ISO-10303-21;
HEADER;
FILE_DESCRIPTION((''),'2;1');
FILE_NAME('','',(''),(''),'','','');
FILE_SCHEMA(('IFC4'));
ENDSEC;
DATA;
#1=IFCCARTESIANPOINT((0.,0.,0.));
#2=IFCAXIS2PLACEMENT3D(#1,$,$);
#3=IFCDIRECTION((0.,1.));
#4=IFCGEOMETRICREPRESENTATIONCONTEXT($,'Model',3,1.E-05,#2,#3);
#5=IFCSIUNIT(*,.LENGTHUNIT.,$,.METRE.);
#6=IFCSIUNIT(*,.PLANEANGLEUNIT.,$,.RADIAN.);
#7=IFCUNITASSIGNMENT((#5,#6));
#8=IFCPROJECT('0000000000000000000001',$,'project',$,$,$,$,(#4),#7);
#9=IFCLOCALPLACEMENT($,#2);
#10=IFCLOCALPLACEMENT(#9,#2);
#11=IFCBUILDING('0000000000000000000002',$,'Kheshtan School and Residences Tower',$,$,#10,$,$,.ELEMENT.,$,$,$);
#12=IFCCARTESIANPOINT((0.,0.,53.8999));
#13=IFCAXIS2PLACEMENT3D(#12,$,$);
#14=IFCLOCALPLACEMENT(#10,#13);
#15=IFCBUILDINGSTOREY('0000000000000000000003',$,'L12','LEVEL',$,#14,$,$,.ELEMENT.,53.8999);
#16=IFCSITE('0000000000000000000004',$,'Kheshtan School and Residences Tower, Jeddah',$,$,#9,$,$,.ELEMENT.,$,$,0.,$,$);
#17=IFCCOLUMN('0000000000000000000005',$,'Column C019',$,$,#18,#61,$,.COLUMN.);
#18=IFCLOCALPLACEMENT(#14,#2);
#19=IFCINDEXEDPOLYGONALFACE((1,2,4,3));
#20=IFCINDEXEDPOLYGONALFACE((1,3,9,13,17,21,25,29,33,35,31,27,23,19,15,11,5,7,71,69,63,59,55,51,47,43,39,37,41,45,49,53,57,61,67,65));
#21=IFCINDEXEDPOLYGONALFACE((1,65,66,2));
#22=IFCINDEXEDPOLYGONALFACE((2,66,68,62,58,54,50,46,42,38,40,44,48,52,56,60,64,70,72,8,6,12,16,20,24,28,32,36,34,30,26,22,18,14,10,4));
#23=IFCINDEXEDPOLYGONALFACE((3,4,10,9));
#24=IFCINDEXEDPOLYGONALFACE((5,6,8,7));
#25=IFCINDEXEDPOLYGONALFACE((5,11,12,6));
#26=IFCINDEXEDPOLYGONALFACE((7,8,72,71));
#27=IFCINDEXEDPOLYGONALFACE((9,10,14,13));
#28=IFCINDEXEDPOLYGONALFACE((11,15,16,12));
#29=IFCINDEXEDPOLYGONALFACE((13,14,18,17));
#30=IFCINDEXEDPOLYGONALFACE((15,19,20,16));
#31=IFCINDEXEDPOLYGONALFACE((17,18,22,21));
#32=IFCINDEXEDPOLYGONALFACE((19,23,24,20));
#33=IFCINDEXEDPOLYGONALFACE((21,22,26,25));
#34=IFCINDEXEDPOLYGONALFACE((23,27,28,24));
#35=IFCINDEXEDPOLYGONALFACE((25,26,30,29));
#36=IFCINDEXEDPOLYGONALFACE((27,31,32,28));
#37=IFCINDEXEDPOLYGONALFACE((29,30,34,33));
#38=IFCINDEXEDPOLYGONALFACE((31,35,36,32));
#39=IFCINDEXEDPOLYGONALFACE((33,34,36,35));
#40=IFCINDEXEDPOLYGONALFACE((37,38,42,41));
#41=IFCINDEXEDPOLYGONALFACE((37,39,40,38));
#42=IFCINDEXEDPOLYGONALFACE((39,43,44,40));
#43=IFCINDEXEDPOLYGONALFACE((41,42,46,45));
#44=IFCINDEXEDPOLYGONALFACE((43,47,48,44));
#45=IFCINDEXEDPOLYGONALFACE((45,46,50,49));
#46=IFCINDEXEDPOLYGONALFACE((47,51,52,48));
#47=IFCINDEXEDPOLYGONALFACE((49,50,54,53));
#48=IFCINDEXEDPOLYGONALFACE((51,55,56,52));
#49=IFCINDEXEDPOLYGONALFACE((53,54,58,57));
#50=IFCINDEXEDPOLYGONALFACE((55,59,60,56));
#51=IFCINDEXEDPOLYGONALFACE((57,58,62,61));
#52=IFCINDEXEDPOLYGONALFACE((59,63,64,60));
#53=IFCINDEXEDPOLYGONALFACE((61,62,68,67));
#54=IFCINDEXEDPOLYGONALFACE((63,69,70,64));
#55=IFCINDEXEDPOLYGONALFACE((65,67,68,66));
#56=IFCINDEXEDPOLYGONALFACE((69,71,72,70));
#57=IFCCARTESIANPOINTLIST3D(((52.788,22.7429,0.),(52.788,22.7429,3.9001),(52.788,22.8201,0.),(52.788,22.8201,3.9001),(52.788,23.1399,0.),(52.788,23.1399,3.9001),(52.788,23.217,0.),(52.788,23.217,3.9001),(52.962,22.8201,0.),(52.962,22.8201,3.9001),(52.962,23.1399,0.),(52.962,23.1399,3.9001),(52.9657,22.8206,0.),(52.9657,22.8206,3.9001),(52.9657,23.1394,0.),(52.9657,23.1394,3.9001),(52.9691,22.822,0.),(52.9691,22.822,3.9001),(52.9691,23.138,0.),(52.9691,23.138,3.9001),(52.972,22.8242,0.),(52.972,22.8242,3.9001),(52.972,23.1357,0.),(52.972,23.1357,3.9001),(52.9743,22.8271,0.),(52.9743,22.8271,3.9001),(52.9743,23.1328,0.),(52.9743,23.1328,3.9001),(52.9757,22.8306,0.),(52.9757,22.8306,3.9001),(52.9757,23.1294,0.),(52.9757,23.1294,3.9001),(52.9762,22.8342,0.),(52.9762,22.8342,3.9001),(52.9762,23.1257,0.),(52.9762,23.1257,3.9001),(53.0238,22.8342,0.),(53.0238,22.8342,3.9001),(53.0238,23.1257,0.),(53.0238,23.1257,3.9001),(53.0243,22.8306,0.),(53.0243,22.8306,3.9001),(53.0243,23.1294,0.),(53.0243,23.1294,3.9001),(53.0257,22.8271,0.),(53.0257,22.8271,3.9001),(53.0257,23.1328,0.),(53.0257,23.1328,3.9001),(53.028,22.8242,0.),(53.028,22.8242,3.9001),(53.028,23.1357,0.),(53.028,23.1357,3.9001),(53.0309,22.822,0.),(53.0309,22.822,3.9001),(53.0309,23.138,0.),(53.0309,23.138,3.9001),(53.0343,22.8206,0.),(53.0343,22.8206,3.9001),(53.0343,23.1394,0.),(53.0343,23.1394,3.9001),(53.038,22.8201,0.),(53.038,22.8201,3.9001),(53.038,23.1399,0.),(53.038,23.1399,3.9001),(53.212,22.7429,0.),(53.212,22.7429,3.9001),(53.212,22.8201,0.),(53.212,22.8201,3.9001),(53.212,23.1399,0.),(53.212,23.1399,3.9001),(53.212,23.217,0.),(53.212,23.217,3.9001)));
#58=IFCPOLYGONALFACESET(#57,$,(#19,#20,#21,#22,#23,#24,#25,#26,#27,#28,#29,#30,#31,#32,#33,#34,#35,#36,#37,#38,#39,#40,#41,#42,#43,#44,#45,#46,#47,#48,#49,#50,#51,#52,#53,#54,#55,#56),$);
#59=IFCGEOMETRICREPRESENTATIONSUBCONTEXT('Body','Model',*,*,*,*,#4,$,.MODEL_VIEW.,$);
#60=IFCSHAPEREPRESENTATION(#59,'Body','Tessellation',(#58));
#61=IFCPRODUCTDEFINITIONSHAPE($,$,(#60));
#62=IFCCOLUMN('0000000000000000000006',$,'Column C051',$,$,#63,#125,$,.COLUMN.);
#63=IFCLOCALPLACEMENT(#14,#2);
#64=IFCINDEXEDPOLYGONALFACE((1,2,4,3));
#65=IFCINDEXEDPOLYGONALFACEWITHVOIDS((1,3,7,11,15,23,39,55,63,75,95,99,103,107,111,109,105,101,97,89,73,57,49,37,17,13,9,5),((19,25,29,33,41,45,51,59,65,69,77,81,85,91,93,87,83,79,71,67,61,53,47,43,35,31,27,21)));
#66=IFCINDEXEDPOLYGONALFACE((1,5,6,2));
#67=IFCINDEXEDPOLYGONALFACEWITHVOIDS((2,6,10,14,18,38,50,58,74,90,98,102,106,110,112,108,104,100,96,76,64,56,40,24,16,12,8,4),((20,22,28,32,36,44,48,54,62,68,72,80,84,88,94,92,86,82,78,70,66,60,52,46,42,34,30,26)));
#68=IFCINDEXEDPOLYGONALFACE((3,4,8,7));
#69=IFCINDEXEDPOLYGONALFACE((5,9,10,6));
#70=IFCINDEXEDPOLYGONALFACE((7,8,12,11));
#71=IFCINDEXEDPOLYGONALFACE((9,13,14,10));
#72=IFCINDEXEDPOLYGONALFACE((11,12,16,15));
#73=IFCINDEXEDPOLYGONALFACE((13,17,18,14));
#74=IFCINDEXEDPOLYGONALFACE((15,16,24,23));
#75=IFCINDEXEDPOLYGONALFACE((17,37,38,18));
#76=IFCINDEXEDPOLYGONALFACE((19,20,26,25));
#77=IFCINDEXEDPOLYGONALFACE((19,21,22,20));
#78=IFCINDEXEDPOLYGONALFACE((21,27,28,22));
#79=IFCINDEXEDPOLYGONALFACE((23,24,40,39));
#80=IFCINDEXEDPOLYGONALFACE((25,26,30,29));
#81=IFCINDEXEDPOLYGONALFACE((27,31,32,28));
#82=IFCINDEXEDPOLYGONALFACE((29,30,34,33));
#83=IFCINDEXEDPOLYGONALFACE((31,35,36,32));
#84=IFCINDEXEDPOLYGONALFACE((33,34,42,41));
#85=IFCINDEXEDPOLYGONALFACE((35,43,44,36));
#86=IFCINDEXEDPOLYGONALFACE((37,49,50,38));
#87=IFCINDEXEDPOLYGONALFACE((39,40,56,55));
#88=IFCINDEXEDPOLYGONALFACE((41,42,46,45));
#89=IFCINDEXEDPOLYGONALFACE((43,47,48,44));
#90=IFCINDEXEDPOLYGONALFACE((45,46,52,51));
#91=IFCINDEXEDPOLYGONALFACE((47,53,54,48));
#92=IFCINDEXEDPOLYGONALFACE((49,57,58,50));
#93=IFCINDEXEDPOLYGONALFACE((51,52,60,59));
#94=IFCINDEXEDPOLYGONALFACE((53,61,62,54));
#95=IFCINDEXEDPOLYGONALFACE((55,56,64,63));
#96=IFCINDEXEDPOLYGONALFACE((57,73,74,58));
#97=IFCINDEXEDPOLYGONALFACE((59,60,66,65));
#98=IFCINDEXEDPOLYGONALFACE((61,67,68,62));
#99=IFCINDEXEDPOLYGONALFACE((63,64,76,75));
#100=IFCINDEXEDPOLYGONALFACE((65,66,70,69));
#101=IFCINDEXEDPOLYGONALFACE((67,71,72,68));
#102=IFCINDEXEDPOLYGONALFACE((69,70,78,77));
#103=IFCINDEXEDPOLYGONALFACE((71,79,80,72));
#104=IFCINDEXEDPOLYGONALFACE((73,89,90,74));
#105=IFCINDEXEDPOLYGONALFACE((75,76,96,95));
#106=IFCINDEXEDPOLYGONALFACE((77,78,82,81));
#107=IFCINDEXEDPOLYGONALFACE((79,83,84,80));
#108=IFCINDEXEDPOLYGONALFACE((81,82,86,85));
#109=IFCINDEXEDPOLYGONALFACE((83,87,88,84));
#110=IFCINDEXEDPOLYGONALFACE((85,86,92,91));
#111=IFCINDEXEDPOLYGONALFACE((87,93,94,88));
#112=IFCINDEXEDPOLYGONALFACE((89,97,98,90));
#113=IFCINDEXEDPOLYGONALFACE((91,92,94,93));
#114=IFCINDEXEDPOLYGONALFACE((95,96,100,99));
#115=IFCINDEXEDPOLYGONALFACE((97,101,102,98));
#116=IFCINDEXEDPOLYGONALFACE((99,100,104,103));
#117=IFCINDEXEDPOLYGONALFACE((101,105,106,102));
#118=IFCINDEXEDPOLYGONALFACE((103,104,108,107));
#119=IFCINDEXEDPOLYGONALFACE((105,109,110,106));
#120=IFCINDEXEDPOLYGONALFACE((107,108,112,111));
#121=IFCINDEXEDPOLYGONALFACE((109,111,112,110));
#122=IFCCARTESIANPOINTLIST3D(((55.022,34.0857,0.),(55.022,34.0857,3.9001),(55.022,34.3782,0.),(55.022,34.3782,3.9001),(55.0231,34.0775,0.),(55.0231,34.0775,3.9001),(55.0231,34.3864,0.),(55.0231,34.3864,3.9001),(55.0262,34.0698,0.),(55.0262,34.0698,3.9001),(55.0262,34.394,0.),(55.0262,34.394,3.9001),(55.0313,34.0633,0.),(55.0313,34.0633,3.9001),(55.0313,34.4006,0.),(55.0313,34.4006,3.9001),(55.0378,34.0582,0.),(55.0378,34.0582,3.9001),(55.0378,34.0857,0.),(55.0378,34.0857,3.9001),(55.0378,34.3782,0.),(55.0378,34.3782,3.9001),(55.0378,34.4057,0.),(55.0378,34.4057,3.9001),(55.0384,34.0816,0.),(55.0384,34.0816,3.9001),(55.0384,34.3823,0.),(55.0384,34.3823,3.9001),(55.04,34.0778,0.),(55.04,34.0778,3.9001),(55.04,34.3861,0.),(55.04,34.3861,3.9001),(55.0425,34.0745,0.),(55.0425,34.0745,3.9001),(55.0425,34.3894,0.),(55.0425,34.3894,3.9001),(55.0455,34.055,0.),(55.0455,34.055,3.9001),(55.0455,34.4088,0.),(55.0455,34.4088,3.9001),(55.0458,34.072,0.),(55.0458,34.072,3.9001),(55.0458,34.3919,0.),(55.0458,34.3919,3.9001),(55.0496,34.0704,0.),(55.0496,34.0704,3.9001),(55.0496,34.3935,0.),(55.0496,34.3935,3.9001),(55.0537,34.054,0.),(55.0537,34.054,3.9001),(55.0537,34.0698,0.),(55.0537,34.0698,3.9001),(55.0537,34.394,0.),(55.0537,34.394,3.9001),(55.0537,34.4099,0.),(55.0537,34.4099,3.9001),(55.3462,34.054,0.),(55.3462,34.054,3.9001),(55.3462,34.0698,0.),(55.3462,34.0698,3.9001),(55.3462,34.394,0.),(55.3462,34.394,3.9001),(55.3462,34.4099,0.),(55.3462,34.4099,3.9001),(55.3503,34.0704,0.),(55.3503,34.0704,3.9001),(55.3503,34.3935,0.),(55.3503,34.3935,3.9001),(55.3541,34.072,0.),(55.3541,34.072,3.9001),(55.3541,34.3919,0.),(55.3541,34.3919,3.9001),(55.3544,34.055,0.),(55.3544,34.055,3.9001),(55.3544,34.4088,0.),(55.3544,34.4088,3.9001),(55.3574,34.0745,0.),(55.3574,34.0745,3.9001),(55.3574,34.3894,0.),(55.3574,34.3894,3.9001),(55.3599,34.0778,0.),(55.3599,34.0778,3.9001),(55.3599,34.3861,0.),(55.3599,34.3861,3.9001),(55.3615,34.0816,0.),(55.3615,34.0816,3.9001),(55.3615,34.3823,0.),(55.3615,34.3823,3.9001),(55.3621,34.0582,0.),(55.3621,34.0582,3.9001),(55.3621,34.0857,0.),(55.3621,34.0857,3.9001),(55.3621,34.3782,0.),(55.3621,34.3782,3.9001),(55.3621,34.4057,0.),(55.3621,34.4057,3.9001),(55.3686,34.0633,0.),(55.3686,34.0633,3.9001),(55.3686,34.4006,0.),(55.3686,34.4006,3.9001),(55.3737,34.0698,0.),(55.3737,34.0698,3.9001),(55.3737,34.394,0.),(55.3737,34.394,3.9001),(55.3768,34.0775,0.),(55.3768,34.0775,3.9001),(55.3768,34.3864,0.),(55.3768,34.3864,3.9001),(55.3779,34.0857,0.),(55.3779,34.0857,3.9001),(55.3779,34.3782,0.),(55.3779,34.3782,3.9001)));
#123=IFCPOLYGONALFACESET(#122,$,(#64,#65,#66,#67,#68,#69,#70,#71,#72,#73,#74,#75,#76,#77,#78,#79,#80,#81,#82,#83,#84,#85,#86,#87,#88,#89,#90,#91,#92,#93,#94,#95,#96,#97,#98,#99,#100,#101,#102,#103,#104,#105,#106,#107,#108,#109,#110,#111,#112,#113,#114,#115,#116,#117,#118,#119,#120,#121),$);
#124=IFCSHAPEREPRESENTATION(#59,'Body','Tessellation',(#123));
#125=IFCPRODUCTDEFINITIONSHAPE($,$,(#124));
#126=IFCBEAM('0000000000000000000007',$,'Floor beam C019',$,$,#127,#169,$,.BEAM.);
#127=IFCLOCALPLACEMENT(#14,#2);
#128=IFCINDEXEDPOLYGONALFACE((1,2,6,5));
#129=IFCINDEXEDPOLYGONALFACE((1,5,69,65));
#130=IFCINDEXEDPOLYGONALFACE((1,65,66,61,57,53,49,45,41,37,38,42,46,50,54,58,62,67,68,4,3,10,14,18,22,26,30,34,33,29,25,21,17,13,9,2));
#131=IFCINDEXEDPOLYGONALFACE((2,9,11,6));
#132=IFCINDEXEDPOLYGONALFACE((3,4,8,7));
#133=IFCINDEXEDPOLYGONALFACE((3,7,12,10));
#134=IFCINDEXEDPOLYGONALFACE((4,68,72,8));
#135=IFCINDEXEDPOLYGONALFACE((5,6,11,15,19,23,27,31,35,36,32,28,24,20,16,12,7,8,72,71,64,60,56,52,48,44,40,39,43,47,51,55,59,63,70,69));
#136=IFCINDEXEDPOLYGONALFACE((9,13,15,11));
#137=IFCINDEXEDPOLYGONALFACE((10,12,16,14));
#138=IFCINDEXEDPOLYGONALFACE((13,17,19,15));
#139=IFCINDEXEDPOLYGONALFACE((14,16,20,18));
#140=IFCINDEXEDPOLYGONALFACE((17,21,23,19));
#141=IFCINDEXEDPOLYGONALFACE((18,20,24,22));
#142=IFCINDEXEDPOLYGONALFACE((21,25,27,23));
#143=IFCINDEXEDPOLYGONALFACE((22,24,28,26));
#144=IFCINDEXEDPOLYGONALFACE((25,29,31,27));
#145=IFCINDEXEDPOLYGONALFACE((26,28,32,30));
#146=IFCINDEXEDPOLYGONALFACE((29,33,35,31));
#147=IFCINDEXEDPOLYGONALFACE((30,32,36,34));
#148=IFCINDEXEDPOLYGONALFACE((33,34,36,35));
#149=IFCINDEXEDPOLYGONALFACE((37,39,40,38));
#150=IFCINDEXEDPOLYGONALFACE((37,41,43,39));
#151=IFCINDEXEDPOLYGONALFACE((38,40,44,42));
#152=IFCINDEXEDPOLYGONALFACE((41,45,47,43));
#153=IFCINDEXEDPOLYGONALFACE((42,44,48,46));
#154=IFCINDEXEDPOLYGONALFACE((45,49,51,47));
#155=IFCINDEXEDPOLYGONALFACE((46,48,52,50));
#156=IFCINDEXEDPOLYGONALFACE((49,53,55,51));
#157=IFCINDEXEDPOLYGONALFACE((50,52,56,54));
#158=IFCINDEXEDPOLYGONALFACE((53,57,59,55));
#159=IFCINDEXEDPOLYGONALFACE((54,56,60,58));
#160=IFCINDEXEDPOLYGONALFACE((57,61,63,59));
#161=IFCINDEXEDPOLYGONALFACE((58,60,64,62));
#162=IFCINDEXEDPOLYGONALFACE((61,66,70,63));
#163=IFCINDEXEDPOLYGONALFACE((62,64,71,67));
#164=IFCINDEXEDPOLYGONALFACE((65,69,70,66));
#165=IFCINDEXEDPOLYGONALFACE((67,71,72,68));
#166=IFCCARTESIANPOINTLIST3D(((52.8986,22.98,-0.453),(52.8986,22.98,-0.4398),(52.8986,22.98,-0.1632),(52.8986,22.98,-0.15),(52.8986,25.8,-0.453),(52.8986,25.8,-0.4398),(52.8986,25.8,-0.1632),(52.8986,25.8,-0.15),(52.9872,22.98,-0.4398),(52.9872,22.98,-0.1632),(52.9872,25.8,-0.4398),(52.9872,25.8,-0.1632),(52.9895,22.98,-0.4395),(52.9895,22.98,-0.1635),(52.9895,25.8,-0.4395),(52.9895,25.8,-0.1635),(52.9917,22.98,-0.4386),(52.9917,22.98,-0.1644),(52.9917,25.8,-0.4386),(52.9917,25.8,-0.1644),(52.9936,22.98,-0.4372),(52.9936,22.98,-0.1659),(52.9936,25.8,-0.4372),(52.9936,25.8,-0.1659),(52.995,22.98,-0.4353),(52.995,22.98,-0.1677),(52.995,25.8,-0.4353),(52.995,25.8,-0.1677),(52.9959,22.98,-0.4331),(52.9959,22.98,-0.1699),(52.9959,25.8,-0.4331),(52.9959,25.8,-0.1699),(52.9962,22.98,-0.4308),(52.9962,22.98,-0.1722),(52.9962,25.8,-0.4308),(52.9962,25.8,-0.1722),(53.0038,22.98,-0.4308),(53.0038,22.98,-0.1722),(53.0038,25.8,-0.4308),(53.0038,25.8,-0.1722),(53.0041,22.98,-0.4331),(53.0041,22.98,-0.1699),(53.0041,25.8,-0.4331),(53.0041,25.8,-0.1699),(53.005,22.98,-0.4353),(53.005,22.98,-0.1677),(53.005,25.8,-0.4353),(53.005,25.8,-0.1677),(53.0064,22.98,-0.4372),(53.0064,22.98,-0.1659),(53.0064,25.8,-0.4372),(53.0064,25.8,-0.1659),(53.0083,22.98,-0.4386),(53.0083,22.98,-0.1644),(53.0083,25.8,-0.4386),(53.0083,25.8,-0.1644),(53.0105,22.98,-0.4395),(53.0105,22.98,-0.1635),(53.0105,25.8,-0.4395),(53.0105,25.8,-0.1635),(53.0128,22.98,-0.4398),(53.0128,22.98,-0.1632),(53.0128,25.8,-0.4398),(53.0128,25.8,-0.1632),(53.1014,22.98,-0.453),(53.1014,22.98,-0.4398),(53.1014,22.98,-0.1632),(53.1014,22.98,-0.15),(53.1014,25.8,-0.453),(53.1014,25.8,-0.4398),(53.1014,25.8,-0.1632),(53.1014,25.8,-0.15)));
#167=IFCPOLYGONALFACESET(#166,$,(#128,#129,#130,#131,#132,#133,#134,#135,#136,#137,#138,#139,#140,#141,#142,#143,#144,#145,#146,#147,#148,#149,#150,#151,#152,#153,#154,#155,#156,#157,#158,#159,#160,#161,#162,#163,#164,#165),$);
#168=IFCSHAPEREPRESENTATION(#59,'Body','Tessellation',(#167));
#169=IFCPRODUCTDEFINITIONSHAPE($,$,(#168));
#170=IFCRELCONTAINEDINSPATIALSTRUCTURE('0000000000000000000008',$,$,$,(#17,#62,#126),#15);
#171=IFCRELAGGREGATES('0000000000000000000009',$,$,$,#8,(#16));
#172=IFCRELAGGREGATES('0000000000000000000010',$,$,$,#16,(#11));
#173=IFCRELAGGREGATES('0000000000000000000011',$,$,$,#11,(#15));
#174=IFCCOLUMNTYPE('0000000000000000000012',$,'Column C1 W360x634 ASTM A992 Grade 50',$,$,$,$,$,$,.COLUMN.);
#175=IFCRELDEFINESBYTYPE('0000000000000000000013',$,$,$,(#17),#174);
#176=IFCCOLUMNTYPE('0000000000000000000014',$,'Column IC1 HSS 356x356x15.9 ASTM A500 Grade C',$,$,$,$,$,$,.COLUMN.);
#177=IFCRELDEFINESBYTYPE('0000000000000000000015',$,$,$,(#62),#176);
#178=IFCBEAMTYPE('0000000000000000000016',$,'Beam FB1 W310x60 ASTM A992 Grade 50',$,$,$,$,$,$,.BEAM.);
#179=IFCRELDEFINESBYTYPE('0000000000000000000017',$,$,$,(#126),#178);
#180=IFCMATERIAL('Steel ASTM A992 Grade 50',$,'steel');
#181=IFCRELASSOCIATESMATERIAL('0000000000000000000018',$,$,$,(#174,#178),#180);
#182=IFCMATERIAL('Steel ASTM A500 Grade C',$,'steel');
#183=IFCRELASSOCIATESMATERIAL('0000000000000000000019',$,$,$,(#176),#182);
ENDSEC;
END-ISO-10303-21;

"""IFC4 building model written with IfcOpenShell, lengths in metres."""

from ifc_helpers import new_model, si_unit, direction, frame, origin, origin_2d, place, context, subcontext, project, spatial, hollow_rectangle, i_section, extrude, material, material_profile, profile_set, type_object, element, save


model = new_model("IFC4")

# Units and contexts
model_context = context("Model", 3, precision=1e-05, world=origin(), true_north=direction((0.0, 1.0)))
body_context = subcontext(model_context, "Body", "Model", "MODEL_VIEW")
ifc_project = project(units=[si_unit("LENGTHUNIT", "METRE"), si_unit("PLANEANGLEUNIT", "RADIAN")], contexts=[model_context])

# Site, building, storey
site_placement = place(None, origin())
site = spatial("IfcSite", under=ifc_project, at=site_placement, Name="Kheshtan School and Residences Tower, Jeddah", CompositionType="ELEMENT", RefElevation=0.0)
building_placement = place(site_placement, origin())
building = spatial("IfcBuilding", under=site, at=building_placement, Name="Kheshtan School and Residences Tower", CompositionType="ELEMENT")
storey_placement = place(building_placement, frame((0.0, 0.0, 53.8999)))
storey = spatial("IfcBuildingStorey", under=building, at=storey_placement, Name="L12", Description="LEVEL", CompositionType="ELEMENT", Elevation=53.8999)

# Columns
ifc_material_1 = material(Name="Steel ASTM A992 Grade 50", Category="steel")
ifc_material_profile_1 = material_profile(ifc_material_1, i_section(OverallWidth=0.4241, OverallDepth=0.4741, WebThickness=0.0476, FlangeThickness=0.0771, FilletRadius=0.0142, at=origin_2d()), Name="W360x634")
ifc_profile_set_1 = profile_set([ifc_material_profile_1], Name="Steel ASTM A992 Grade 50")
column_type_1 = type_object("IfcColumnType", Name="Column C1 W360x634 ASTM A992 Grade 50", PredefinedType="COLUMN", material=ifc_profile_set_1)
column_1_placement = place(storey_placement, frame((53.0, 22.98, 0.0), z_axis=(0.0, 0.0, 1.0), x_axis=(1.0, 0.0, 0.0)))
element("IfcColumn", 1, at=column_1_placement, inside=storey, type_object=column_type_1, Name="Column C019", PredefinedType="COLUMN", context=body_context, shape_type="SweptSolid", body=[
    extrude(i_section(OverallWidth=0.4241, OverallDepth=0.4741, WebThickness=0.0476, FlangeThickness=0.0771, FilletRadius=0.0142, at=origin_2d()), origin(), (0.0, 0.0, 1.0), 3.9001),
])
ifc_material_2 = material(Name="Steel ASTM A500 Grade C", Category="steel")
ifc_material_profile_2 = material_profile(ifc_material_2, hollow_rectangle(XDim=0.356, YDim=0.356, WallThickness=0.0159, InnerFilletRadius=0.0159, OuterFilletRadius=0.0317, at=origin_2d()), Name="HSS 356x356x15.9")
ifc_profile_set_2 = profile_set([ifc_material_profile_2], Name="Steel ASTM A500 Grade C")
column_type_2 = type_object("IfcColumnType", Name="Column IC1 HSS 356x356x15.9 ASTM A500 Grade C", PredefinedType="COLUMN", material=ifc_profile_set_2)
column_2_placement = place(storey_placement, frame((55.2, 34.2319, 0.0), z_axis=(0.0, 0.0, 1.0), x_axis=(1.0, 0.0, 0.0)))
element("IfcColumn", 2, at=column_2_placement, inside=storey, type_object=column_type_2, Name="Column C051", PredefinedType="COLUMN", context=body_context, shape_type="SweptSolid", body=[
    extrude(hollow_rectangle(XDim=0.356, YDim=0.356, WallThickness=0.0159, InnerFilletRadius=0.0159, OuterFilletRadius=0.0317, at=origin_2d()), origin(), (0.0, 0.0, 1.0), 3.9001),
])

# Beam
ifc_material_profile_3 = material_profile(ifc_material_1, i_section(OverallWidth=0.2029, OverallDepth=0.303, WebThickness=0.0076, FlangeThickness=0.0132, FilletRadius=0.009, at=origin_2d()), Name="W310x60")
ifc_profile_set_3 = profile_set([ifc_material_profile_3], Name="Steel ASTM A992 Grade 50")
beam_type_1 = type_object("IfcBeamType", Name="Beam FB1 W310x60 ASTM A992 Grade 50", PredefinedType="BEAM", material=ifc_profile_set_3)
beam_1_placement = place(storey_placement, frame((53.0, 22.98, -0.3015), z_axis=(0.0, 1.0, 0.0), x_axis=(-1.0, 0.0, 0.0)))
element("IfcBeam", 3, at=beam_1_placement, inside=storey, type_object=beam_type_1, Name="Floor beam C019", PredefinedType="BEAM", context=body_context, shape_type="SweptSolid", body=[
    extrude(i_section(OverallWidth=0.2029, OverallDepth=0.303, WebThickness=0.0076, FlangeThickness=0.0132, FilletRadius=0.009, at=origin_2d()), origin(), (0.0, 0.0, 1.0), 2.8201),
])

save(model, "model.ifc")
